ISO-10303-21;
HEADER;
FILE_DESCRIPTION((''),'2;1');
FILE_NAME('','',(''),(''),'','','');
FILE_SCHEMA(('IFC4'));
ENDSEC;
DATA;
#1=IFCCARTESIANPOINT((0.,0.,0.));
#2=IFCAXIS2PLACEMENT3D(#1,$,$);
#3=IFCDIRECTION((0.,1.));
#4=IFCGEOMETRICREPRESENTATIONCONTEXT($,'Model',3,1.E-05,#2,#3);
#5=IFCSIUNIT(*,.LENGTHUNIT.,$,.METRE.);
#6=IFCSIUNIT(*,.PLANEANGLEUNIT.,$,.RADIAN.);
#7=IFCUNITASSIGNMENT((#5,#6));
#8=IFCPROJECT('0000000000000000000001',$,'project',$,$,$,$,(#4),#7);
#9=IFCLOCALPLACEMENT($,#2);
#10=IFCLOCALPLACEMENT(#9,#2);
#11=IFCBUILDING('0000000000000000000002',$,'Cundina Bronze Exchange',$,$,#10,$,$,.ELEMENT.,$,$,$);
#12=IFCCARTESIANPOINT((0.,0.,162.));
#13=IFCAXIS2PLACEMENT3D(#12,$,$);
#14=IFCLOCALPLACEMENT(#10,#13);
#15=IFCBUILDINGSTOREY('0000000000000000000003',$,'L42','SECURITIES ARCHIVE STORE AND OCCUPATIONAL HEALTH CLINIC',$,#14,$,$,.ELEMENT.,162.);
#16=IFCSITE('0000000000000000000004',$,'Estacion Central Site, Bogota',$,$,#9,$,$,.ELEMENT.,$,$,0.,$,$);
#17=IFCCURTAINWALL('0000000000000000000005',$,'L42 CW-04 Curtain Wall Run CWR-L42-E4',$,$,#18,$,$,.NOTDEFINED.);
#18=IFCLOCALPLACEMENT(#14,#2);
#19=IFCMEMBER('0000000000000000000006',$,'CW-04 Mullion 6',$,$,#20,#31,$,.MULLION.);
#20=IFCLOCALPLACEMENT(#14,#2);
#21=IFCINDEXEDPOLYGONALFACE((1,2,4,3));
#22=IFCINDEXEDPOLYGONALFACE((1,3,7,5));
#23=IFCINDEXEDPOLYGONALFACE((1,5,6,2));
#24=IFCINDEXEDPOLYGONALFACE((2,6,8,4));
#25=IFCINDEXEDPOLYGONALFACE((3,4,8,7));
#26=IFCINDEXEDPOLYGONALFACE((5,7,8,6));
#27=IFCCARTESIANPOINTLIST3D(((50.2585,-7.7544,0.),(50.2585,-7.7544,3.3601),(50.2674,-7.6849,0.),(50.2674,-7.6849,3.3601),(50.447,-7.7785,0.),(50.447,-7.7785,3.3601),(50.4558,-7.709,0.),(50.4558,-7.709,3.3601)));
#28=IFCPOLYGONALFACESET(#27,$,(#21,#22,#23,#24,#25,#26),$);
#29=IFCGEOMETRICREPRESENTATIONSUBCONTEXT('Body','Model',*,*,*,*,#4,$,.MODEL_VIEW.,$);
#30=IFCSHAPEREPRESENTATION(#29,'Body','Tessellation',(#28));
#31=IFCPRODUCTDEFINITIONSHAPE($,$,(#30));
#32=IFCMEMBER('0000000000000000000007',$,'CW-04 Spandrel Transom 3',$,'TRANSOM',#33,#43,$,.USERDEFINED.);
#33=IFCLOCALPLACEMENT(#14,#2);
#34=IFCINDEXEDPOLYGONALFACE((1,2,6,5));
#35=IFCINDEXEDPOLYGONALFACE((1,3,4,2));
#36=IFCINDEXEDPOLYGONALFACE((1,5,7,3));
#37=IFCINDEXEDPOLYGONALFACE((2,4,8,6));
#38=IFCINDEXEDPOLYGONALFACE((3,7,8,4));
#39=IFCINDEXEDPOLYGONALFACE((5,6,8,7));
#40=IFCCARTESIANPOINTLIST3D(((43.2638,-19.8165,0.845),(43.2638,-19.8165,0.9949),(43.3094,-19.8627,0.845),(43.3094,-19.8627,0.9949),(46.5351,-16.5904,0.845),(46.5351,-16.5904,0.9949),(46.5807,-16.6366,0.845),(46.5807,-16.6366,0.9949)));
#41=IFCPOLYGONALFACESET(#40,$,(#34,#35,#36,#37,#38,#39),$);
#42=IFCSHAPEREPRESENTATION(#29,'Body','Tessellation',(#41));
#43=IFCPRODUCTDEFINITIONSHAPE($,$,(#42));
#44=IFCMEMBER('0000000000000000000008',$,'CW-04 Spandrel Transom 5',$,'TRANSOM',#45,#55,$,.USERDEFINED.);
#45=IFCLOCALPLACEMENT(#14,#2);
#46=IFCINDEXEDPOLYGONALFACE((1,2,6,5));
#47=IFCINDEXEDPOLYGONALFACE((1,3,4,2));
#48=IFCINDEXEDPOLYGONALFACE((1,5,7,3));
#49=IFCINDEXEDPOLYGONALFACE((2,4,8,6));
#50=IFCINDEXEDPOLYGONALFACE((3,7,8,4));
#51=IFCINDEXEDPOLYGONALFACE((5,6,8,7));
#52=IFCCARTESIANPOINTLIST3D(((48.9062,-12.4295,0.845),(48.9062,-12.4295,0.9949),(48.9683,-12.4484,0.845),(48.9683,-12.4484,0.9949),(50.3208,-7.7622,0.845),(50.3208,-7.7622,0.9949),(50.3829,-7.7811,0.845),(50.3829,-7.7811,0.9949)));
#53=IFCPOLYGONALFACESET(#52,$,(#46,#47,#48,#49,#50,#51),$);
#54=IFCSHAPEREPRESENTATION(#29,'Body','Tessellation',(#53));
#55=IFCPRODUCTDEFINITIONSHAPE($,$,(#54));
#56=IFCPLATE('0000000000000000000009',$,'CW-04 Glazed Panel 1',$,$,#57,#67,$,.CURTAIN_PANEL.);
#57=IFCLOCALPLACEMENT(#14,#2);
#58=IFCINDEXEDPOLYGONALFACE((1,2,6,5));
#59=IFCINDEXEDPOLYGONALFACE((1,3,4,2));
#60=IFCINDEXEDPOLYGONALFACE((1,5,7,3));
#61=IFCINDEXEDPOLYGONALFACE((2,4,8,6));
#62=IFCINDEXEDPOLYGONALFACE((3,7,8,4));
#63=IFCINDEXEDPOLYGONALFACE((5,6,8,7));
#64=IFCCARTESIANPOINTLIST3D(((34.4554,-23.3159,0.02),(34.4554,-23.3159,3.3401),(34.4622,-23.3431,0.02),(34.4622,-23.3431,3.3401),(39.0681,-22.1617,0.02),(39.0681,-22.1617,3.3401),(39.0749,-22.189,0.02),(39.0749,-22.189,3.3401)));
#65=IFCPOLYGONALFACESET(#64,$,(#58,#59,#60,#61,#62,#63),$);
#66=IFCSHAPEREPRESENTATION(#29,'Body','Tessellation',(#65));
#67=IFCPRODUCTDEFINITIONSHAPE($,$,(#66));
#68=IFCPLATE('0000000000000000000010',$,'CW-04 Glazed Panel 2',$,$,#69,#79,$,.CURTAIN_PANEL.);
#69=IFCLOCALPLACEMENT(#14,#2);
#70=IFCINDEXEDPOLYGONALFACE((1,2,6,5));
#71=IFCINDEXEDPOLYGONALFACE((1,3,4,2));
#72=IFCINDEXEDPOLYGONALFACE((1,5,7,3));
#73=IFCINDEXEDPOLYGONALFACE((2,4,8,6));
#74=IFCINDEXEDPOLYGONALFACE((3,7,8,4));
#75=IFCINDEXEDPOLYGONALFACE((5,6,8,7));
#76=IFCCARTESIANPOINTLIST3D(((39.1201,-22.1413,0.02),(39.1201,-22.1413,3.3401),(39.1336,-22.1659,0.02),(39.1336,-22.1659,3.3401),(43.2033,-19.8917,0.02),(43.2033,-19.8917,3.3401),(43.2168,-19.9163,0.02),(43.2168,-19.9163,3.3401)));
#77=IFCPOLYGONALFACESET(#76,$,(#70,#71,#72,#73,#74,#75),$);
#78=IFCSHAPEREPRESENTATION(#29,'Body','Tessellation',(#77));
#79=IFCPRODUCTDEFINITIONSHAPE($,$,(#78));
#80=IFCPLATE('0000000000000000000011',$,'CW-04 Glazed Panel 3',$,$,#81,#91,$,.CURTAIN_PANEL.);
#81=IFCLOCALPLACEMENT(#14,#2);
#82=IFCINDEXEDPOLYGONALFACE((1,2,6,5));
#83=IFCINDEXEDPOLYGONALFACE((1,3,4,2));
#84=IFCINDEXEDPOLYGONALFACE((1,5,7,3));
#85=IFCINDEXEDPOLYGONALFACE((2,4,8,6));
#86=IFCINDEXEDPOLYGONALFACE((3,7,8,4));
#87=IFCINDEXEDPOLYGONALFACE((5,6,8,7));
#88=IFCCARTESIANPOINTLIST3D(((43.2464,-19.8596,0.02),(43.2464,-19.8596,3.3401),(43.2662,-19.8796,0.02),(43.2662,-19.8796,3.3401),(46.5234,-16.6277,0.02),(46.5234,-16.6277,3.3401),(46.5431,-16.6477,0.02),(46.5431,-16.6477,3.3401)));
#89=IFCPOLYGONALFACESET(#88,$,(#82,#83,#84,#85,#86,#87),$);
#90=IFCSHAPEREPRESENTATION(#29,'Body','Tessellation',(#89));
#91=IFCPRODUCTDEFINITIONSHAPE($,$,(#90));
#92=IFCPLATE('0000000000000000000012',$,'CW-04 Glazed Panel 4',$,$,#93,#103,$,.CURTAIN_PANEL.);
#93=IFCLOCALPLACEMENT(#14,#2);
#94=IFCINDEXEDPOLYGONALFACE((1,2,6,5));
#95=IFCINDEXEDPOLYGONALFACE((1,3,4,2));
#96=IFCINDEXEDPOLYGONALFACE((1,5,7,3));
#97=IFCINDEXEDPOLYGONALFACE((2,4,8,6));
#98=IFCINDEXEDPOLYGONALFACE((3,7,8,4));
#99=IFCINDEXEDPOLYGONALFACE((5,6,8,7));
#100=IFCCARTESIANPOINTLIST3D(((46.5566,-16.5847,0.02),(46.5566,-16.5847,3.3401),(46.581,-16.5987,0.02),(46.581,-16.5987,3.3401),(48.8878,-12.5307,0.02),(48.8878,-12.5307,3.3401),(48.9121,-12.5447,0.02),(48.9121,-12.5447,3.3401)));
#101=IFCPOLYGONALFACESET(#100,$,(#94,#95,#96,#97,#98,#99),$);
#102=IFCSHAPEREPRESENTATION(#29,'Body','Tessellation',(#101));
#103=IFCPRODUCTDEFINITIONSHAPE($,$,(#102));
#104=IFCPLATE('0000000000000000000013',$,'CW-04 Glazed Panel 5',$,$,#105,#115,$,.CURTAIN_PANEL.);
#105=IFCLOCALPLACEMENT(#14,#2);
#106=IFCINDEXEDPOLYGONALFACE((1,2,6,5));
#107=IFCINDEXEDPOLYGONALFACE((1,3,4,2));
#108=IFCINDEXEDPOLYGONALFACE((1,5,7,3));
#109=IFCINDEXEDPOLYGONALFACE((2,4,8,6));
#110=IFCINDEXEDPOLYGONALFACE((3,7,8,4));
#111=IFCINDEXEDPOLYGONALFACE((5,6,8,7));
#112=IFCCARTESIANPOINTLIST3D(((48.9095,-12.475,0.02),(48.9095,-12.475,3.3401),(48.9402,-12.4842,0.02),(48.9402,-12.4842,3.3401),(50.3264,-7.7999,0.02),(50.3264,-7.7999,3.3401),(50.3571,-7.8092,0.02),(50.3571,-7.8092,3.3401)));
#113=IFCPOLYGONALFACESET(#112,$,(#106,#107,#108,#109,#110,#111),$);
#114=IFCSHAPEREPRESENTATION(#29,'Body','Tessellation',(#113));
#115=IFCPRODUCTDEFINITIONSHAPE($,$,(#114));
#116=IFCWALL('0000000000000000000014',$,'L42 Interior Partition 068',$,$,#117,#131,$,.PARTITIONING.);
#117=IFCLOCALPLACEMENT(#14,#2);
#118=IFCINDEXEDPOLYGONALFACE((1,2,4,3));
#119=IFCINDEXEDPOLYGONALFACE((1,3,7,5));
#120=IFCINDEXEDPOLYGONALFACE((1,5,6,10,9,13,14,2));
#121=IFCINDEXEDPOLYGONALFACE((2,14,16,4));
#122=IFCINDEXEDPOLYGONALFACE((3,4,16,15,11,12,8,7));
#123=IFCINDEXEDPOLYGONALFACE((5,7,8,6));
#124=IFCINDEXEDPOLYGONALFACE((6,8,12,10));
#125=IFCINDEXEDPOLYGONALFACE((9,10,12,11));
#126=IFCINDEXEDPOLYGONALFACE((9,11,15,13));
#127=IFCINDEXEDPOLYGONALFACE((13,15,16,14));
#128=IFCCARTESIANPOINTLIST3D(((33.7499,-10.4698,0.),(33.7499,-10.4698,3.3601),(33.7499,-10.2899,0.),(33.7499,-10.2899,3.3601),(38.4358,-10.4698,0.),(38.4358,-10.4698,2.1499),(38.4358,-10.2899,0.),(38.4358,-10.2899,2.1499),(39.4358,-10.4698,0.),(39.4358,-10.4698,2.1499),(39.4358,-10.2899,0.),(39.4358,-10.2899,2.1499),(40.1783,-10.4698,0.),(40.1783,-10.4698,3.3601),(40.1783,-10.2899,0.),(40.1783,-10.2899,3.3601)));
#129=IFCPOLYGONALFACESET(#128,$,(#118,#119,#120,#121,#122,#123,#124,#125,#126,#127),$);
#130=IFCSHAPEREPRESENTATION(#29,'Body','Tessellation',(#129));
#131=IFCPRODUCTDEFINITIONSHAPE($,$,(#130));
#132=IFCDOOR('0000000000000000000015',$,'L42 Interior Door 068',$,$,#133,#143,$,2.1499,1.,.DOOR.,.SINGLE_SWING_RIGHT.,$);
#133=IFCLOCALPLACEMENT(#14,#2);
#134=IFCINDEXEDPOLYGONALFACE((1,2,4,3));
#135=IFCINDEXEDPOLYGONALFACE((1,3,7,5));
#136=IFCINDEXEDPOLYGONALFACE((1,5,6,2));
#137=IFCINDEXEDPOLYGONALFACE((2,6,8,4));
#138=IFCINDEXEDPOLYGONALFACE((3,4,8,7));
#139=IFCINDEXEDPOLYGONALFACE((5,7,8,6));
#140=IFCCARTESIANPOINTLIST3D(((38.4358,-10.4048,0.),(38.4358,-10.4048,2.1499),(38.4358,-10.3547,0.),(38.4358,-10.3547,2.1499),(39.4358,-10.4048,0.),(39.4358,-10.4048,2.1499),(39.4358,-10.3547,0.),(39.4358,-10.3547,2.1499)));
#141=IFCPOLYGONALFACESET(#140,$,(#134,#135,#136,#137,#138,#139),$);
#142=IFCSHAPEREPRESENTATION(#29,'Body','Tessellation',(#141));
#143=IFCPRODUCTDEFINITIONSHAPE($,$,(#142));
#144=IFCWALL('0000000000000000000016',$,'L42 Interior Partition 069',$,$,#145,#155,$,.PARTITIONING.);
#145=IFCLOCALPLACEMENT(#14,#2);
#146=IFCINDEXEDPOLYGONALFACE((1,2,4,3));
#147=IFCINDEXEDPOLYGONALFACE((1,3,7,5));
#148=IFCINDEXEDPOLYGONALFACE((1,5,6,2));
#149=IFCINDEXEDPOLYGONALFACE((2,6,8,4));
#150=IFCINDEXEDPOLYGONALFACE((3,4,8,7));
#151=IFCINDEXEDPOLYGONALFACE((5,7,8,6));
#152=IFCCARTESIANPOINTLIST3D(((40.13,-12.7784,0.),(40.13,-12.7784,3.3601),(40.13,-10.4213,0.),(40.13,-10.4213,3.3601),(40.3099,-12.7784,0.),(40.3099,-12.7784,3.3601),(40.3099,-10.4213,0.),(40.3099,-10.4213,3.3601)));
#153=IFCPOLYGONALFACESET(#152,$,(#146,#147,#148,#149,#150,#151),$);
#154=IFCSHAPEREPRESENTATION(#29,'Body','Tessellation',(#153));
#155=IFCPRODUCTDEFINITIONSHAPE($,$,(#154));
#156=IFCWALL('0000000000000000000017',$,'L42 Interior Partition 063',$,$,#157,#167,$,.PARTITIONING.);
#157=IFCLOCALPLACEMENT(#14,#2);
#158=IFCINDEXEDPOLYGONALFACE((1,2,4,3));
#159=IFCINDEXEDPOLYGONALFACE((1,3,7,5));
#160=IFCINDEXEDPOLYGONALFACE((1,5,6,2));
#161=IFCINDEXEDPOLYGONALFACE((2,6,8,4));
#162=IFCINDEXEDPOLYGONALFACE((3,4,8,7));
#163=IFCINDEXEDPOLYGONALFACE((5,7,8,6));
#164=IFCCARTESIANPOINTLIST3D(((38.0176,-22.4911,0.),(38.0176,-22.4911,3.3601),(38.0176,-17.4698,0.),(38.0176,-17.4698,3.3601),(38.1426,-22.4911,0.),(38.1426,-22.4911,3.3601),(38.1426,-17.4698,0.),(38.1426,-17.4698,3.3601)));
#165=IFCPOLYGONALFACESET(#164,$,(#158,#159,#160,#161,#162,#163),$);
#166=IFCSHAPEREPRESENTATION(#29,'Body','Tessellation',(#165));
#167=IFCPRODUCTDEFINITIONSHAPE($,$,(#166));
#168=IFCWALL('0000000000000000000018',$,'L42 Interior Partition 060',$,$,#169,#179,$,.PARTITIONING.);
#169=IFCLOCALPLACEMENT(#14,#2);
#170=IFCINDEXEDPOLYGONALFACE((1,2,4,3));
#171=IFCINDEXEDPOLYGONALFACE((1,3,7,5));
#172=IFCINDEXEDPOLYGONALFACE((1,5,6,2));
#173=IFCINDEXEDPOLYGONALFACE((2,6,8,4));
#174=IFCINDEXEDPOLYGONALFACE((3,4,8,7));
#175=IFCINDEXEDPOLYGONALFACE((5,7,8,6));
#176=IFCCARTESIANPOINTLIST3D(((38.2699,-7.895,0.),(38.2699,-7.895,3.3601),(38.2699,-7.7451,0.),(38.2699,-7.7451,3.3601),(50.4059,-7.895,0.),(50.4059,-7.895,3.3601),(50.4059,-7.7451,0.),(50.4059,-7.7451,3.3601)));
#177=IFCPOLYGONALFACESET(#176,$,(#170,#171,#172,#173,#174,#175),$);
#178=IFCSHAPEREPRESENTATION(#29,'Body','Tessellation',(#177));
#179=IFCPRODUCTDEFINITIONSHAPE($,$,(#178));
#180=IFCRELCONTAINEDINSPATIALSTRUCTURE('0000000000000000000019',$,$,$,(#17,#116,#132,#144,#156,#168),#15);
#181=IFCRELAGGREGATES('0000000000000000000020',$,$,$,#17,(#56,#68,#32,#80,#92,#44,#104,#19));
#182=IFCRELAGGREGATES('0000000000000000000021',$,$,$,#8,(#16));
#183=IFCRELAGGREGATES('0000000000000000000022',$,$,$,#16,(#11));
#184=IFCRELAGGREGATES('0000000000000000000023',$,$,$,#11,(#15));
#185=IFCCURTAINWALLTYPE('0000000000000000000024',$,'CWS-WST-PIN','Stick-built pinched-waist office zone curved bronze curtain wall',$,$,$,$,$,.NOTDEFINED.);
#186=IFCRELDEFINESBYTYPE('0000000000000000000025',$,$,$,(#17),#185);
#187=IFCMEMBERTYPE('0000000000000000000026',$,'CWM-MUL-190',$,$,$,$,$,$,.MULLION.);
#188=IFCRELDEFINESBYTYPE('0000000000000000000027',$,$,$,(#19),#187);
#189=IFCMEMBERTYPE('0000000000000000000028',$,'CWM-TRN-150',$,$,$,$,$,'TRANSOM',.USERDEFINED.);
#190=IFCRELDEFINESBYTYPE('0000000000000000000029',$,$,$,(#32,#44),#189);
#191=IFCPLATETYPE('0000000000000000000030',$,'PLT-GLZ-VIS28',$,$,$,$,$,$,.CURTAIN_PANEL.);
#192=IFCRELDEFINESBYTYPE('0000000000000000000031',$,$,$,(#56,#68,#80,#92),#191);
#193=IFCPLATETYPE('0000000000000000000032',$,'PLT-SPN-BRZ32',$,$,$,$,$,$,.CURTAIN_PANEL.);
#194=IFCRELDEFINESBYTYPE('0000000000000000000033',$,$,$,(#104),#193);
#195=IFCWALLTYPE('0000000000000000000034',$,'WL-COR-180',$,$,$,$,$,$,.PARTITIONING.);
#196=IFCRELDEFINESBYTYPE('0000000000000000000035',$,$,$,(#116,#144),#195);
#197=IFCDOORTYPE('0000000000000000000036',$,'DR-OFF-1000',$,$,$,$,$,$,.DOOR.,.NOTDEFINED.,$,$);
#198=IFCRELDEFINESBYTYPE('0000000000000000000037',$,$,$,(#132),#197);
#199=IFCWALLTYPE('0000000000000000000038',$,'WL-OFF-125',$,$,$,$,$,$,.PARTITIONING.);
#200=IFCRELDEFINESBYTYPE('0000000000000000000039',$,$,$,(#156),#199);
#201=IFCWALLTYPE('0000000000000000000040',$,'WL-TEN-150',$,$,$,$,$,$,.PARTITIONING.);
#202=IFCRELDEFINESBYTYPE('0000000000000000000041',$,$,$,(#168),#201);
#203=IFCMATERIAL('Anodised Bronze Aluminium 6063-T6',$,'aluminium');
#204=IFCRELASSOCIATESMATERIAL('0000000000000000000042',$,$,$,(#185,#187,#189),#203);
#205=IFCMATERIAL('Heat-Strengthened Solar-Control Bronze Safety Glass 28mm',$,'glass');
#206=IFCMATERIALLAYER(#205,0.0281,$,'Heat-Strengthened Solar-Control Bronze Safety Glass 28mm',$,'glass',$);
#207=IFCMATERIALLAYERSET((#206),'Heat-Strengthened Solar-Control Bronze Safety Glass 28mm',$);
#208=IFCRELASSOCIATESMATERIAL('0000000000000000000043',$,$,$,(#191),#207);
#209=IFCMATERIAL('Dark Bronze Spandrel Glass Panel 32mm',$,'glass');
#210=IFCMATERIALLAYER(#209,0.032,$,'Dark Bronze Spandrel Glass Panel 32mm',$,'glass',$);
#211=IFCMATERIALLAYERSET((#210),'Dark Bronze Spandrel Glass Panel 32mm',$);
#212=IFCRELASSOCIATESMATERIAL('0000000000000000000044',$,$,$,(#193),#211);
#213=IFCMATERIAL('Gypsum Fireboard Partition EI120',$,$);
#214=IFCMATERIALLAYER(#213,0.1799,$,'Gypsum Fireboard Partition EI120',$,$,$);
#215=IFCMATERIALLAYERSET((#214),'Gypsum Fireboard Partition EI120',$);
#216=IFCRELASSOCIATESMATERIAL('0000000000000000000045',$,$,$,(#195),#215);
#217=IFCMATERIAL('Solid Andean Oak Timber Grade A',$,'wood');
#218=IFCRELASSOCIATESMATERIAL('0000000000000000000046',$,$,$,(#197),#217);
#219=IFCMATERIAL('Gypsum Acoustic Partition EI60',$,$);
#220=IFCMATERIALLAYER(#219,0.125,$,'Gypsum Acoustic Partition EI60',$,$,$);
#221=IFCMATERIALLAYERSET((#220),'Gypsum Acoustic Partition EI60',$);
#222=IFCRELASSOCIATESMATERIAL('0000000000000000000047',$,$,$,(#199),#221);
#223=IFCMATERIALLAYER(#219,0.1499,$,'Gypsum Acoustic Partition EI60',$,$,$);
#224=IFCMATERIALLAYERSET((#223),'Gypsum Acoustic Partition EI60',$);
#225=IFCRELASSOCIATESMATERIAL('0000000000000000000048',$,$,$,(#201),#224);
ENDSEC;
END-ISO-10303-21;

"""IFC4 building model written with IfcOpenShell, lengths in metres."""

from ifc_helpers import new_model, si_unit, direction, frame, frame_2d, origin, origin_2d, place, context, subcontext, project, spatial, rectangle, extrude, material, layer, layer_set, material_profile, profile_set, type_object, element, fill, aggregate, save


model = new_model("IFC4")

# Units and contexts
model_context = context("Model", 3, precision=1e-05, world=origin(), true_north=direction((0.0, 1.0)))
body_context = subcontext(model_context, "Body", "Model", "MODEL_VIEW")
ifc_project = project(units=[si_unit("LENGTHUNIT", "METRE"), si_unit("PLANEANGLEUNIT", "RADIAN")], contexts=[model_context])

# Site, building, storey
site_placement = place(None, origin())
site = spatial("IfcSite", under=ifc_project, at=site_placement, Name="Estacion Central Site, Bogota", CompositionType="ELEMENT", RefElevation=0.0)
building_placement = place(site_placement, origin())
building = spatial("IfcBuilding", under=site, at=building_placement, Name="Cundina Bronze Exchange", CompositionType="ELEMENT")
storey_placement = place(building_placement, frame((0.0, 0.0, 162.0)))
storey = spatial("IfcBuildingStorey", under=building, at=storey_placement, Name="L42", Description="SECURITIES ARCHIVE STORE AND OCCUPATIONAL HEALTH CLINIC", CompositionType="ELEMENT", Elevation=162.0)

# Curtain wall, members, plates
ifc_material_1 = material(Name="Anodised Bronze Aluminium 6063-T6", Category="aluminium")
curtain_wall_type = type_object("IfcCurtainWallType", Name="CWS-WST-PIN", Description="Stick-built pinched-waist office zone curved bronze curtain wall", PredefinedType="NOTDEFINED", material=ifc_material_1)
curtain_wall_placement = place(storey_placement, origin())
curtain_wall = element("IfcCurtainWall", 1, at=curtain_wall_placement, inside=storey, type_object=curtain_wall_type, Name="L42 CW-04 Curtain Wall Run CWR-L42-E4", PredefinedType="NOTDEFINED")
ifc_material_profile_1 = material_profile(ifc_material_1, rectangle(XDim=0.0701, YDim=0.1899, at=origin_2d()), Name="AL70X190", Category="aluminium")
ifc_profile_set_1 = profile_set([ifc_material_profile_1], Name="Anodised Bronze Aluminium 6063-T6")
member_type_1 = type_object("IfcMemberType", Name="CWM-MUL-190", PredefinedType="MULLION", material=ifc_profile_set_1)
member_1_placement = place(storey_placement, frame((50.3572, -7.7317, 0.0), z_axis=(0.0, 0.0, 1.0), x_axis=(0.126545, 0.991961, 0.0)))
member_1 = element("IfcMember", 2, at=member_1_placement, type_object=member_type_1, Name="CW-04 Mullion 6", PredefinedType="MULLION", context=body_context, shape_type="SweptSolid", body=[
    extrude(rectangle(XDim=0.0701, YDim=0.1899, at=origin_2d()), origin(), (0.0, 0.0, 1.0), 3.3601),
])
ifc_material_profile_2 = material_profile(ifc_material_1, rectangle(XDim=0.0649, YDim=0.1499, at=origin_2d()), Name="AL65X150", Category="aluminium")
ifc_profile_set_2 = profile_set([ifc_material_profile_2], Name="Anodised Bronze Aluminium 6063-T6")
member_type_2 = type_object("IfcMemberType", Name="CWM-TRN-150", ElementType="TRANSOM", PredefinedType="USERDEFINED", material=ifc_profile_set_2)
member_2_placement = place(storey_placement, frame((43.2866, -19.8396, 0.9199), z_axis=(0.712005, 0.702174, 0.0), x_axis=(-0.702174, 0.712005, 0.0)))
member_2 = element("IfcMember", 3, at=member_2_placement, type_object=member_type_2, Name="CW-04 Spandrel Transom 3", ObjectType="TRANSOM", PredefinedType="USERDEFINED", context=body_context, shape_type="SweptSolid", body=[
    extrude(rectangle(XDim=0.0649, YDim=0.1499, at=origin_2d()), origin(), (0.0, 0.0, 1.0), 4.5945),
])
member_3_placement = place(storey_placement, frame((48.9373, -12.439, 0.9199), z_axis=(0.290052, 0.957011, 0.0), x_axis=(-0.957011, 0.290052, 0.0)))
member_3 = element("IfcMember", 4, at=member_3_placement, type_object=member_type_2, Name="CW-04 Spandrel Transom 5", ObjectType="TRANSOM", PredefinedType="USERDEFINED", context=body_context, shape_type="SweptSolid", body=[
    extrude(rectangle(XDim=0.0649, YDim=0.1499, at=origin_2d()), origin(), (0.0, 0.0, 1.0), 4.877),
])
ifc_material_2 = material(Name="Heat-Strengthened Solar-Control Bronze Safety Glass 28mm", Category="glass")
ifc_layer_1 = layer(ifc_material_2, 0.0281, Name="Heat-Strengthened Solar-Control Bronze Safety Glass 28mm", Category="glass")
ifc_layer_set_1 = layer_set([ifc_layer_1], Name="Heat-Strengthened Solar-Control Bronze Safety Glass 28mm")
plate_type_1 = type_object("IfcPlateType", Name="PLT-GLZ-VIS28", PredefinedType="CURTAIN_PANEL", material=ifc_layer_set_1)
plate_1_placement = place(storey_placement, frame((36.7651, -22.7524, 0.02), z_axis=(0.0, 0.0, 1.0), x_axis=(0.970093, 0.242735, 0.0)))
plate_1 = element("IfcPlate", 5, at=plate_1_placement, type_object=plate_type_1, Name="CW-04 Glazed Panel 1", PredefinedType="CURTAIN_PANEL", context=body_context, shape_type="SweptSolid", body=[
    extrude(rectangle(XDim=4.7549, YDim=0.0281, at=origin_2d()), origin(), (0.0, 0.0, 1.0), 3.3201),
])
plate_2_placement = place(storey_placement, frame((41.1685, -21.0288, 0.02), z_axis=(0.0, 0.0, 1.0), x_axis=(0.875869, 0.482549, 0.0)))
plate_2 = element("IfcPlate", 6, at=plate_2_placement, type_object=plate_type_1, Name="CW-04 Glazed Panel 2", PredefinedType="CURTAIN_PANEL", context=body_context, shape_type="SweptSolid", body=[
    extrude(rectangle(XDim=4.6619, YDim=0.0281, at=origin_2d()), origin(), (0.0, 0.0, 1.0), 3.3201),
])
plate_3_placement = place(storey_placement, frame((44.8948, -18.2537, 0.02), z_axis=(0.0, 0.0, 1.0), x_axis=(0.711989, 0.70219, 0.0)))
plate_3 = element("IfcPlate", 7, at=plate_3_placement, type_object=plate_type_1, Name="CW-04 Glazed Panel 3", PredefinedType="CURTAIN_PANEL", context=body_context, shape_type="SweptSolid", body=[
    extrude(rectangle(XDim=4.6025, YDim=0.0281, at=origin_2d()), origin(), (0.0, 0.0, 1.0), 3.3201),
])
plate_4_placement = place(storey_placement, frame((47.7344, -14.5647, 0.02), z_axis=(0.0, 0.0, 1.0), x_axis=(0.498488, 0.866897, 0.0)))
plate_4 = element("IfcPlate", 8, at=plate_4_placement, type_object=plate_type_1, Name="CW-04 Glazed Panel 4", PredefinedType="CURTAIN_PANEL", context=body_context, shape_type="SweptSolid", body=[
    extrude(rectangle(XDim=4.6765, YDim=0.0281, at=origin_2d()), origin(), (0.0, 0.0, 1.0), 3.3201),
])
ifc_material_3 = material(Name="Dark Bronze Spandrel Glass Panel 32mm", Category="glass")
ifc_layer_2 = layer(ifc_material_3, 0.032, Name="Dark Bronze Spandrel Glass Panel 32mm", Category="glass")
ifc_layer_set_2 = layer_set([ifc_layer_2], Name="Dark Bronze Spandrel Glass Panel 32mm")
plate_type_2 = type_object("IfcPlateType", Name="PLT-SPN-BRZ32", PredefinedType="CURTAIN_PANEL", material=ifc_layer_set_2)
plate_5_placement = place(storey_placement, frame((49.6333, -10.1421, 0.02), z_axis=(0.0, 0.0, 1.0), x_axis=(0.290051, 0.957011, 0.0)))
plate_5 = element("IfcPlate", 9, at=plate_5_placement, type_object=plate_type_2, Name="CW-04 Glazed Panel 5", PredefinedType="CURTAIN_PANEL", context=body_context, shape_type="SweptSolid", body=[
    extrude(rectangle(XDim=4.885, YDim=0.032, at=origin_2d()), origin(), (0.0, 0.0, 1.0), 3.3201),
])
aggregate(curtain_wall, [plate_1, plate_2, member_2, plate_3, plate_4, member_3, plate_5, member_1])

# Wall, opening, door
ifc_material_4 = material(Name="Gypsum Fireboard Partition EI120")
ifc_layer_3 = layer(ifc_material_4, 0.1799, Name="Gypsum Fireboard Partition EI120")
ifc_layer_set_3 = layer_set([ifc_layer_3], Name="Gypsum Fireboard Partition EI120")
wall_type_1 = type_object("IfcWallType", Name="WL-COR-180", PredefinedType="PARTITIONING", material=ifc_layer_set_3)
wall_1_placement = place(storey_placement, frame((40.1785, -10.3799, 0.0), z_axis=(0.0, 0.0, 1.0), x_axis=(-1.0, 0.0, 0.0)))
wall_1 = element("IfcWall", 10, at=wall_1_placement, inside=storey, type_object=wall_type_1, Name="L42 Interior Partition 068", PredefinedType="PARTITIONING", context=body_context, shape_type="SweptSolid", body=[
    extrude(rectangle(XDim=6.4285, YDim=0.1799, at=frame_2d((3.2144, 0.0))), origin(), (0.0, 0.0, 1.0), 3.3601),
])
opening_placement = place(wall_1_placement, frame((0.7427, 0.0, 0.0)))
opening = element("IfcOpeningElement", 11, at=opening_placement, cuts=wall_1, PredefinedType="OPENING", context=body_context, shape_type="SweptSolid", body=[
    extrude(rectangle(XDim=1.0, YDim=2.1499, at=frame_2d((0.5, 1.075))), frame((0.0, 0.0999, 0.0), z_axis=(0.0, -1.0, 0.0), x_axis=(1.0, 0.0, 0.0)), (0.0, 0.0, 1.0), 0.2),
])
ifc_material_5 = material(Name="Solid Andean Oak Timber Grade A", Category="wood")
door_type = type_object("IfcDoorType", Name="DR-OFF-1000", OperationType="NOTDEFINED", PredefinedType="DOOR", material=ifc_material_5)
door_placement = place(opening_placement, origin())
door = element("IfcDoor", 12, at=door_placement, inside=storey, type_object=door_type, Name="L42 Interior Door 068", OperationType="SINGLE_SWING_RIGHT", OverallHeight=2.1499, OverallWidth=1.0, PredefinedType="DOOR", context=body_context, shape_type="SweptSolid", body=[
    extrude(rectangle(XDim=1.0, YDim=2.1499, at=frame_2d((0.5, 1.075))), frame((0.0, 0.0249, 0.0), z_axis=(0.0, -1.0, 0.0), x_axis=(1.0, 0.0, 0.0)), (0.0, 0.0, 1.0), 0.05),
])
fill(opening, door)

# Walls
wall_2_placement = place(storey_placement, frame((40.22, -12.7786, 0.0), z_axis=(0.0, 0.0, 1.0), x_axis=(0.0, 1.0, 0.0)))
element("IfcWall", 13, at=wall_2_placement, inside=storey, type_object=wall_type_1, Name="L42 Interior Partition 069", PredefinedType="PARTITIONING", context=body_context, shape_type="SweptSolid", body=[
    extrude(rectangle(XDim=2.3572, YDim=0.1799, at=frame_2d((1.1787, 0.0))), origin(), (0.0, 0.0, 1.0), 3.3601),
])
ifc_material_6 = material(Name="Gypsum Acoustic Partition EI60")
ifc_layer_4 = layer(ifc_material_6, 0.125, Name="Gypsum Acoustic Partition EI60")
ifc_layer_set_4 = layer_set([ifc_layer_4], Name="Gypsum Acoustic Partition EI60")
wall_type_2 = type_object("IfcWallType", Name="WL-OFF-125", PredefinedType="PARTITIONING", material=ifc_layer_set_4)
wall_3_placement = place(storey_placement, frame((38.0801, -22.4912, 0.0), z_axis=(0.0, 0.0, 1.0), x_axis=(0.0, 1.0, 0.0)))
element("IfcWall", 14, at=wall_3_placement, inside=storey, type_object=wall_type_2, Name="L42 Interior Partition 063", PredefinedType="PARTITIONING", context=body_context, shape_type="SweptSolid", body=[
    extrude(rectangle(XDim=5.0212, YDim=0.125, at=frame_2d((2.5107, 0.0))), origin(), (0.0, 0.0, 1.0), 3.3601),
])
ifc_layer_5 = layer(ifc_material_6, 0.1499, Name="Gypsum Acoustic Partition EI60")
ifc_layer_set_5 = layer_set([ifc_layer_5], Name="Gypsum Acoustic Partition EI60")
wall_type_3 = type_object("IfcWallType", Name="WL-TEN-150", PredefinedType="PARTITIONING", material=ifc_layer_set_5)
wall_4_placement = place(storey_placement, frame((38.27, -7.8201, 0.0), z_axis=(0.0, 0.0, 1.0), x_axis=(1.0, 0.0, 0.0)))
element("IfcWall", 15, at=wall_4_placement, inside=storey, type_object=wall_type_3, Name="L42 Interior Partition 060", PredefinedType="PARTITIONING", context=body_context, shape_type="SweptSolid", body=[
    extrude(rectangle(XDim=12.136, YDim=0.1499, at=frame_2d((6.0679, 0.0))), origin(), (0.0, 0.0, 1.0), 3.3601),
])

save(model, "model.ifc")
